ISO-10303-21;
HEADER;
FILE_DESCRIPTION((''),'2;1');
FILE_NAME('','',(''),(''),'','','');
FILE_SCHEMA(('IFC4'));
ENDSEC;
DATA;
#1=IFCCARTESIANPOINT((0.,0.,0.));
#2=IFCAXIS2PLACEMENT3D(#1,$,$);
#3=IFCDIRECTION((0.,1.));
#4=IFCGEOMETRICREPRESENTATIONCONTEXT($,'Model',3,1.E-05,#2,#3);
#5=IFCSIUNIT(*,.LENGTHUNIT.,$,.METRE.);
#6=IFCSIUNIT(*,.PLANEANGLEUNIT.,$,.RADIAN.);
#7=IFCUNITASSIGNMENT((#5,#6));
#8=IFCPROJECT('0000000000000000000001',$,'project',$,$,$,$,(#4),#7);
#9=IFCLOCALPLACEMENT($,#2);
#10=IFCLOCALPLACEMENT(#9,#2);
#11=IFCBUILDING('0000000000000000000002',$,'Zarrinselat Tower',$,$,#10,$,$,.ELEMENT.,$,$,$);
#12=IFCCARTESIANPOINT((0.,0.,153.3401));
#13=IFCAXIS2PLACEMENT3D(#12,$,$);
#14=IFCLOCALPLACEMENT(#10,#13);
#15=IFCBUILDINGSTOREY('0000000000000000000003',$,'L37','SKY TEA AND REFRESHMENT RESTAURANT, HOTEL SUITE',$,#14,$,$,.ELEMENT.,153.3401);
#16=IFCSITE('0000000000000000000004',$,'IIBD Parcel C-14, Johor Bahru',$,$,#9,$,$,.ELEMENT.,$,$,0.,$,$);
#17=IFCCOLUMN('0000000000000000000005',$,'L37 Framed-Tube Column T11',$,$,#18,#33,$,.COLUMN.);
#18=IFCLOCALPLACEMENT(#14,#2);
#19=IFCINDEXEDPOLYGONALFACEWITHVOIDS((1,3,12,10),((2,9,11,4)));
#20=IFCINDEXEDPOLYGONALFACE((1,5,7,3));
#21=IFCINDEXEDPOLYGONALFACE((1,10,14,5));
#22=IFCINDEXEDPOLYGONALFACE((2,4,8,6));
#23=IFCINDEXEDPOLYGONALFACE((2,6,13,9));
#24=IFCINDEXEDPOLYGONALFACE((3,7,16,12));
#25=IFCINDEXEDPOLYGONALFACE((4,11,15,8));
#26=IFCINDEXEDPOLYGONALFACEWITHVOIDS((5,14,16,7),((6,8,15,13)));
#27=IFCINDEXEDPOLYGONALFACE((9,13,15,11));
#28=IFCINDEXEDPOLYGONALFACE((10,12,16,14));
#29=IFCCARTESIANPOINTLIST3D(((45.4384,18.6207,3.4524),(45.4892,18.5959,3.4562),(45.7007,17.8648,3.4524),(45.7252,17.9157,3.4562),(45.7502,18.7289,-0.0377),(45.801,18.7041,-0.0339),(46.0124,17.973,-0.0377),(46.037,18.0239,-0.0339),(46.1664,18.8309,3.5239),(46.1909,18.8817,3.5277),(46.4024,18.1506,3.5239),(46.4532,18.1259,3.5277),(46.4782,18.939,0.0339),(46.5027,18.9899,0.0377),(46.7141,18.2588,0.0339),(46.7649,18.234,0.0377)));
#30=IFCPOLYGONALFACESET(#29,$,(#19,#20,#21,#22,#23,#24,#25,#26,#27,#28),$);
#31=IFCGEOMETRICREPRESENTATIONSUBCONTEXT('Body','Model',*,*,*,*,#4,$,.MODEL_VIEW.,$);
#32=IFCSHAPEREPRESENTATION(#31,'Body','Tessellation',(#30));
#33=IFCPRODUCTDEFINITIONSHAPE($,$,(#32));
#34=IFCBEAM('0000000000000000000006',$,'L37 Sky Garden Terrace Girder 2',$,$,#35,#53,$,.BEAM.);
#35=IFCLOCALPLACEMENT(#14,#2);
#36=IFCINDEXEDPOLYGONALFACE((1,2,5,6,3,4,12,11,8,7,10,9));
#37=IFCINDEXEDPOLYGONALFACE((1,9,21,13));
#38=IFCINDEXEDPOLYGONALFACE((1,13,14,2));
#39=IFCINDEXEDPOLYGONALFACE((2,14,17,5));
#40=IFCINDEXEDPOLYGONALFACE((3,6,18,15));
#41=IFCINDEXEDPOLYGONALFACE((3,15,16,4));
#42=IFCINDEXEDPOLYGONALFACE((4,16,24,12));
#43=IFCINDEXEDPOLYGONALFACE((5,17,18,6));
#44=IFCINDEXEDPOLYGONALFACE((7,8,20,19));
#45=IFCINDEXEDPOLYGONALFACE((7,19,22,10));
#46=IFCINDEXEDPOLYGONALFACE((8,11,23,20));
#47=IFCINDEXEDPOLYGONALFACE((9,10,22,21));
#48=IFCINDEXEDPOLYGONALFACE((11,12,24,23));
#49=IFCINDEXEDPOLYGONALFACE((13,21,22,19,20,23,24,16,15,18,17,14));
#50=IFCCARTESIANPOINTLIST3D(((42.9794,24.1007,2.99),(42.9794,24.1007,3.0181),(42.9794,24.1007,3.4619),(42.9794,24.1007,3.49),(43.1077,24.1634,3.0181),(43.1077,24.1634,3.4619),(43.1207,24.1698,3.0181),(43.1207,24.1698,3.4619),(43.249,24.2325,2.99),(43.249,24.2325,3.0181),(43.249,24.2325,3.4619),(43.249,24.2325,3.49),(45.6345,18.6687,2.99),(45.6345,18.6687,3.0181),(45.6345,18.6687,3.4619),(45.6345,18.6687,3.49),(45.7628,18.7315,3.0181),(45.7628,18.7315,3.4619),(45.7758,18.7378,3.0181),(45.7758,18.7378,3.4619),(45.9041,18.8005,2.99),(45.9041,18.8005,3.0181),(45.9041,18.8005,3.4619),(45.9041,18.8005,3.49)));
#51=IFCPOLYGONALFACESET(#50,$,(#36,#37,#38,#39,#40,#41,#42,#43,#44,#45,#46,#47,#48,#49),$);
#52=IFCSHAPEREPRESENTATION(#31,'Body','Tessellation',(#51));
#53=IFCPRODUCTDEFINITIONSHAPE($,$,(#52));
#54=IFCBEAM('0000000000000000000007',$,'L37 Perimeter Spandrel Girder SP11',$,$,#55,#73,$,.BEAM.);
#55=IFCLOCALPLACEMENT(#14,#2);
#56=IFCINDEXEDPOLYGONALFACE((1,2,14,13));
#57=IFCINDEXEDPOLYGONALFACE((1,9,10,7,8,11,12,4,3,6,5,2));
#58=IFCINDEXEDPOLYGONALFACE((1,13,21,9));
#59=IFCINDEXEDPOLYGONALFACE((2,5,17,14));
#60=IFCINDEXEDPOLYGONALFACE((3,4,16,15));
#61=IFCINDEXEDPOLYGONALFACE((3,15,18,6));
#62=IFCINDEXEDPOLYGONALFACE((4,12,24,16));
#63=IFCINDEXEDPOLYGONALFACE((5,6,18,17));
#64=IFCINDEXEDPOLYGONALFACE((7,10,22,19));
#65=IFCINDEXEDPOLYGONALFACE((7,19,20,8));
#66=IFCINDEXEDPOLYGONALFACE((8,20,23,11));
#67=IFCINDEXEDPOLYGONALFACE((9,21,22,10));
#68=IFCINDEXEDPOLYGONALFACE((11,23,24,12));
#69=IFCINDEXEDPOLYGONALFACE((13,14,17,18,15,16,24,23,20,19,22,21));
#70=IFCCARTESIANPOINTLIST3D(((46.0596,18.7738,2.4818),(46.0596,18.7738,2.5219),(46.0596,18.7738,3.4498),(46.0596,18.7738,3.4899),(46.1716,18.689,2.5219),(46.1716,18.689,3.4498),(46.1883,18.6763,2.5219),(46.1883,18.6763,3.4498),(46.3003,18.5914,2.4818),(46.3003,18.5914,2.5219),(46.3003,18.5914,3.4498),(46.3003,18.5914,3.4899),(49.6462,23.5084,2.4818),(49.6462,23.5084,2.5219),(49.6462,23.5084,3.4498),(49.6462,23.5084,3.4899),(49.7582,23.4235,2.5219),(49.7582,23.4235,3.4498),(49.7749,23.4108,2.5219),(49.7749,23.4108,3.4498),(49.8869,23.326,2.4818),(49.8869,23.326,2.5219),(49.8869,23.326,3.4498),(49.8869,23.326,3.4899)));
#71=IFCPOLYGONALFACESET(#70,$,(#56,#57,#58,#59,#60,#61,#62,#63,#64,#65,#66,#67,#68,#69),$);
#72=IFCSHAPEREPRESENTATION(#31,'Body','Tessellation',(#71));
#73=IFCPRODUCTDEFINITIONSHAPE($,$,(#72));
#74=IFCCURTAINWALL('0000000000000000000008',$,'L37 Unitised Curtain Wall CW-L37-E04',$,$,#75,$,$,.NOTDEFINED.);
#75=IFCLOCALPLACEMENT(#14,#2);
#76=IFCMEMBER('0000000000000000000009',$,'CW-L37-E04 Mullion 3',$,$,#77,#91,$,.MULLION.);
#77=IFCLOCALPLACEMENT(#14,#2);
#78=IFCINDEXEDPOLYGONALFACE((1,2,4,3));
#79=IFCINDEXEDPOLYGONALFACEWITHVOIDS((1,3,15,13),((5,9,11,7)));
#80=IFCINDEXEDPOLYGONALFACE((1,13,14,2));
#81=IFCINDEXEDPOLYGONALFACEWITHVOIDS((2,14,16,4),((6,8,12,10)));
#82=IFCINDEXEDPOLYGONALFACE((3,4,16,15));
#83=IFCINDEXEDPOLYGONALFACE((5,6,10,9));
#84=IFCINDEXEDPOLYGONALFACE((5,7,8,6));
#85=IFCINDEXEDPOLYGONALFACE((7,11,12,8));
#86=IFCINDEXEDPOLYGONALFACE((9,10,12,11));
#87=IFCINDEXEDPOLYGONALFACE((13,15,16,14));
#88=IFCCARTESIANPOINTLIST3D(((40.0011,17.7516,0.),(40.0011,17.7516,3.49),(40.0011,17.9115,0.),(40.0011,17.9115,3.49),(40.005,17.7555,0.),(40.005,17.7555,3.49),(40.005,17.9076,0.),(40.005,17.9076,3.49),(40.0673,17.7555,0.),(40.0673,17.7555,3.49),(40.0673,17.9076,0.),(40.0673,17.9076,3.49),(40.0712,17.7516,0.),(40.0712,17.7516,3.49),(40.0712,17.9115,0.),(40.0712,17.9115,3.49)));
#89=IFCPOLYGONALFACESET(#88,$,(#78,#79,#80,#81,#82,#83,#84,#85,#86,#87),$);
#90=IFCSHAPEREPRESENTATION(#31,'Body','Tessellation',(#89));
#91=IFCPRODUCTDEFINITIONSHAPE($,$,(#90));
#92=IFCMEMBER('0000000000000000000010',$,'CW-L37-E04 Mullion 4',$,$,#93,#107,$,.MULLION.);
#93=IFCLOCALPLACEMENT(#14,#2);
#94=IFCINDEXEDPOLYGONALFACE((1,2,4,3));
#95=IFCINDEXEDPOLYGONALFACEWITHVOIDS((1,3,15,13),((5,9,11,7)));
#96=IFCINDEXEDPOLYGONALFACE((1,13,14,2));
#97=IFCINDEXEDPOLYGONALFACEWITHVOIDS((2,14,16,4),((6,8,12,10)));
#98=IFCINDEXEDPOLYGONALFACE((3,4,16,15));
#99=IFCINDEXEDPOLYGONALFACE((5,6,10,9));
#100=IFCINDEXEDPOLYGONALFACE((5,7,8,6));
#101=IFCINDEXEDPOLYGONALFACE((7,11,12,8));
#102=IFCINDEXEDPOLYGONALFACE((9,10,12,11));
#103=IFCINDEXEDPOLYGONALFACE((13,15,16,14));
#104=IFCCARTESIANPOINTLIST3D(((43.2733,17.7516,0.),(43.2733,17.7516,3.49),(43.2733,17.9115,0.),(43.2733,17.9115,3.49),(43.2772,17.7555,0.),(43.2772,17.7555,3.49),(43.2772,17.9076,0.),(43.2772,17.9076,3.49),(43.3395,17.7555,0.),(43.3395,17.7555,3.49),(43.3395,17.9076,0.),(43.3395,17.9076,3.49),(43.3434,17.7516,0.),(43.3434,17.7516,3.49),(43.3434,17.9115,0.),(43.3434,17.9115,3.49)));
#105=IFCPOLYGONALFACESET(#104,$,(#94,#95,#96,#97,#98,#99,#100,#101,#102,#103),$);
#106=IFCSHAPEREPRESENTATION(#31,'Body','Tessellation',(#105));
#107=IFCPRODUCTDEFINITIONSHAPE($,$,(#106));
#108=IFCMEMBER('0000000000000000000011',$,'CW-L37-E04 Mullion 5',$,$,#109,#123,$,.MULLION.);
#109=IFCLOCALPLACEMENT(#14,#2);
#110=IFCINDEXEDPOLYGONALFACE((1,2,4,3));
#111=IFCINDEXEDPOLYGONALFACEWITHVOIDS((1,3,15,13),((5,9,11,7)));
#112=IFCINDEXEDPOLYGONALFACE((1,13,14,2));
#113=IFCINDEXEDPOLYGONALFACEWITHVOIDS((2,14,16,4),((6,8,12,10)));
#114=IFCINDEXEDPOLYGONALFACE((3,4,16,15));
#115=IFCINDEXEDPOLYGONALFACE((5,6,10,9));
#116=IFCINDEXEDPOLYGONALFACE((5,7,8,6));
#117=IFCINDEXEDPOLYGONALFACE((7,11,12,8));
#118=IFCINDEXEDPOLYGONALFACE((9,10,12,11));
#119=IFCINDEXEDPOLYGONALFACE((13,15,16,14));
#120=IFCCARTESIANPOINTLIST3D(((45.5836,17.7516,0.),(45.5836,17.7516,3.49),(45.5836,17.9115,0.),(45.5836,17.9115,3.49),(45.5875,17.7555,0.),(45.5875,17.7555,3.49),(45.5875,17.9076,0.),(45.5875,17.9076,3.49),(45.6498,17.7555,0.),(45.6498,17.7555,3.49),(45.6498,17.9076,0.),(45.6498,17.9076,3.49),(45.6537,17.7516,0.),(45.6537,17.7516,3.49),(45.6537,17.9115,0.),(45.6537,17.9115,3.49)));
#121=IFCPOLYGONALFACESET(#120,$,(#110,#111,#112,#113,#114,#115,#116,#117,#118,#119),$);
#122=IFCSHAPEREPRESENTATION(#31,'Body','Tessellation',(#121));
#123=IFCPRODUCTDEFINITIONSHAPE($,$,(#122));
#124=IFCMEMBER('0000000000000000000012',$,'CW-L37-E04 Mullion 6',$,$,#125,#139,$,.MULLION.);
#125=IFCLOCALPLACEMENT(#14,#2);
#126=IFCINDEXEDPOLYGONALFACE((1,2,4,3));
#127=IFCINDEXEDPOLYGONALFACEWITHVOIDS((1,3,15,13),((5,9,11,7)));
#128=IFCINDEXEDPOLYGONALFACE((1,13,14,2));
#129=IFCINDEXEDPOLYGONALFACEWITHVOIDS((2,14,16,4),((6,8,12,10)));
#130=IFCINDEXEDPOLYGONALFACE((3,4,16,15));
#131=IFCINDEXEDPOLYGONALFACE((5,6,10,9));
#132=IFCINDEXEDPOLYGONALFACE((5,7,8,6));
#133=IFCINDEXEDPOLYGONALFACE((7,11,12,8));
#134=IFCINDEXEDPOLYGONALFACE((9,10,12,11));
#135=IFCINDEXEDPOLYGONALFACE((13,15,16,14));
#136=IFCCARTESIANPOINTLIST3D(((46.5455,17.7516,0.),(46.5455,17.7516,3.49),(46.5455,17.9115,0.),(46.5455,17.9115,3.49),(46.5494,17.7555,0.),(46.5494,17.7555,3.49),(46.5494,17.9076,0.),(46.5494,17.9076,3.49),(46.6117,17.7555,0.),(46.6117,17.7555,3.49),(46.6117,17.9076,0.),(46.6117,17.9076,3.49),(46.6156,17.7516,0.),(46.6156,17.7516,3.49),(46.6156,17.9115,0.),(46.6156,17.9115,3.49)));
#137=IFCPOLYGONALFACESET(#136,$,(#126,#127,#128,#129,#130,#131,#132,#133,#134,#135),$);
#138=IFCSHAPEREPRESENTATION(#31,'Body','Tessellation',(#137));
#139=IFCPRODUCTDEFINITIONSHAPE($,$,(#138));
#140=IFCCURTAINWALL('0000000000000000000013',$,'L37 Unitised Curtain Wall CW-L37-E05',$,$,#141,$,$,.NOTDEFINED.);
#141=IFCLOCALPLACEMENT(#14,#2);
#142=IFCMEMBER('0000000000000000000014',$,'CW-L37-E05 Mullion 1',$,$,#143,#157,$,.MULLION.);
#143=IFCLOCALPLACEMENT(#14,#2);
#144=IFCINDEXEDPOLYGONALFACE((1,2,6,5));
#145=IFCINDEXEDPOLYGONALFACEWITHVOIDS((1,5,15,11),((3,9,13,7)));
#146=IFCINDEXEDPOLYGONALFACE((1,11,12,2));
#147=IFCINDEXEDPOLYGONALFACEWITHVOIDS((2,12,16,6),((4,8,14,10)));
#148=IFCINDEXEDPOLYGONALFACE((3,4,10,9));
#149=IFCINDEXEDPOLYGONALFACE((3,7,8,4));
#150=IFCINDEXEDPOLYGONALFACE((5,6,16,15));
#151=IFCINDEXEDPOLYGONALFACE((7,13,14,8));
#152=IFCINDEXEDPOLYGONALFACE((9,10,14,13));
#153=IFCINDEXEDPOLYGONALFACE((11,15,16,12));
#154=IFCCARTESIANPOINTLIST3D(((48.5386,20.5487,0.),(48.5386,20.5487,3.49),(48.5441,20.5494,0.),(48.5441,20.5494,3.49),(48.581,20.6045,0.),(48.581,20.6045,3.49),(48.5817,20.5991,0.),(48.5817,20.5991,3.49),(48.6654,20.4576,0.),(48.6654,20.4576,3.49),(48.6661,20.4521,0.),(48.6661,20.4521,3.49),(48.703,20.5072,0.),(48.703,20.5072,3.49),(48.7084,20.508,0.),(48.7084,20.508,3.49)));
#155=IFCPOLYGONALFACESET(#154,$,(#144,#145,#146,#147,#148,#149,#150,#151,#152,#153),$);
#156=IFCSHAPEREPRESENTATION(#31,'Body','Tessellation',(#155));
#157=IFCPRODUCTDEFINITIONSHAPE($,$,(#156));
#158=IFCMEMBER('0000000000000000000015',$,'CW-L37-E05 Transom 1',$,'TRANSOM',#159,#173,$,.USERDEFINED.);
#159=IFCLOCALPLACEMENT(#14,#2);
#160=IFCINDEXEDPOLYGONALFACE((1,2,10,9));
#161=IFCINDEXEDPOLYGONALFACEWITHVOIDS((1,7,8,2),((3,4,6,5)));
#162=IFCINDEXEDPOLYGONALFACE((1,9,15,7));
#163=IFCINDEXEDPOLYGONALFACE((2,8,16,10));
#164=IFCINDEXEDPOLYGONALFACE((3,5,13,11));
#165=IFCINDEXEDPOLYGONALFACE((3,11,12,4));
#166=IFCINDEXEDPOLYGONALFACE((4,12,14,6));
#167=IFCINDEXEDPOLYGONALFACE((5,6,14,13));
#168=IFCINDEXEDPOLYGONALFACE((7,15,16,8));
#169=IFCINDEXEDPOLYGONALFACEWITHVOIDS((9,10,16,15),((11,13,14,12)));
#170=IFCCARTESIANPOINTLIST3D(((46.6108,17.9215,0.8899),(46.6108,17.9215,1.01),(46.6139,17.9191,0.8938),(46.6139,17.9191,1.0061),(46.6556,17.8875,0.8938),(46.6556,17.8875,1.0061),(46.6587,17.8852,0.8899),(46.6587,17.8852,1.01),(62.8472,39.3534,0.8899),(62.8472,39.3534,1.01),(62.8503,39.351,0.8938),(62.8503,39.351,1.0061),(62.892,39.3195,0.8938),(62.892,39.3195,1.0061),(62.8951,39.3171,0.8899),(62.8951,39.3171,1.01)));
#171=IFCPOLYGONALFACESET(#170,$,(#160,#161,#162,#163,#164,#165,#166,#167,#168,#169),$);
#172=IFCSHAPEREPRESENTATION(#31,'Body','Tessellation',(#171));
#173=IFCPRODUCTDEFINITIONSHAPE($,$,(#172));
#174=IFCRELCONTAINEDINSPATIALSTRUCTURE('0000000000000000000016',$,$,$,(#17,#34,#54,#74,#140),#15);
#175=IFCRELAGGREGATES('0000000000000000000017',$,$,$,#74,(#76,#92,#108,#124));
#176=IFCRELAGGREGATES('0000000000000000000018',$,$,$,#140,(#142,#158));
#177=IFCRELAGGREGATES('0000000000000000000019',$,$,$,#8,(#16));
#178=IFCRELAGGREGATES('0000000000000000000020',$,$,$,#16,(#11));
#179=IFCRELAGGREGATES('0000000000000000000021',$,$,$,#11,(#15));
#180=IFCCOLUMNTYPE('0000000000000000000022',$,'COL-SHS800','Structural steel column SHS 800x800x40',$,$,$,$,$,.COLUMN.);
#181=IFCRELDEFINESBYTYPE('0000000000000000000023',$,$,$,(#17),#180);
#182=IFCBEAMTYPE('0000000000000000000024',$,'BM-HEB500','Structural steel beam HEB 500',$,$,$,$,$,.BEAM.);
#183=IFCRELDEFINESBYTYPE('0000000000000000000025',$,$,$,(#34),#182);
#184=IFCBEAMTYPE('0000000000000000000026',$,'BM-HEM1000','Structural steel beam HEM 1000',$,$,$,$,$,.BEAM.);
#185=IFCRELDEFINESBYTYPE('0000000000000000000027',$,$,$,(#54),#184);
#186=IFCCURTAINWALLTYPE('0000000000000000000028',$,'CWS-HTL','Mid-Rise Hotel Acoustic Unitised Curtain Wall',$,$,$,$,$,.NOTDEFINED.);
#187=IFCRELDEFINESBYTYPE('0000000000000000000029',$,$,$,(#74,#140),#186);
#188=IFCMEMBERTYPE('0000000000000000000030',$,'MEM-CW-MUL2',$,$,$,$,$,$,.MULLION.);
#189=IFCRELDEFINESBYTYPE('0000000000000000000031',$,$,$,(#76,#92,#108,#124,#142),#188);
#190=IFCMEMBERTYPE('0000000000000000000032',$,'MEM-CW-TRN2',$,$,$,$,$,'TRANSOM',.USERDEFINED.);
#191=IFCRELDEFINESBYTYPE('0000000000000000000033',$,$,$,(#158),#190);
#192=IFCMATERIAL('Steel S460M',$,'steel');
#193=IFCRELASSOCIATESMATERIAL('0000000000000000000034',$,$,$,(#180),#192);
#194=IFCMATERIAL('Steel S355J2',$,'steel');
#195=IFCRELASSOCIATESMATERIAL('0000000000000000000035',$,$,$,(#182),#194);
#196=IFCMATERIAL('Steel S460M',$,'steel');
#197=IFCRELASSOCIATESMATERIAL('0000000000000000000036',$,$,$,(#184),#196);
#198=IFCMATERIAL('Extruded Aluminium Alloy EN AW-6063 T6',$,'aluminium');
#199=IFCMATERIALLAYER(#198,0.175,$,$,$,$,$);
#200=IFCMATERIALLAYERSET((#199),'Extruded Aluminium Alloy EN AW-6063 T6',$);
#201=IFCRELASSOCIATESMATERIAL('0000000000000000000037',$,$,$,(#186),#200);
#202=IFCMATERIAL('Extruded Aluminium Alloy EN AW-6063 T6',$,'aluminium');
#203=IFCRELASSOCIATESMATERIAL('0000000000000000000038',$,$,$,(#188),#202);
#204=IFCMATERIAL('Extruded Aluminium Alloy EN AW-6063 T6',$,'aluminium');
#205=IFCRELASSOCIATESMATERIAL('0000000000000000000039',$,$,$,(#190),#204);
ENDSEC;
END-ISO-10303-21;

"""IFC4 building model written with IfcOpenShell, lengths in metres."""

from ifc_helpers import new_model, si_unit, direction, frame, origin, origin_2d, place, context, subcontext, project, spatial, hollow_rectangle, i_section, extrude, material, layer, layer_set, material_profile, profile_set, type_object, element, aggregate, save


model = new_model("IFC4")

# Units and contexts
model_context = context("Model", 3, precision=1e-05, world=origin(), true_north=direction((0.0, 1.0)))
body_context = subcontext(model_context, "Body", "Model", "MODEL_VIEW")
ifc_project = project(units=[si_unit("LENGTHUNIT", "METRE"), si_unit("PLANEANGLEUNIT", "RADIAN")], contexts=[model_context])

# Site, building, storey
site_placement = place(None, origin())
site = spatial("IfcSite", under=ifc_project, at=site_placement, Name="IIBD Parcel C-14, Johor Bahru", CompositionType="ELEMENT", RefElevation=0.0)
building_placement = place(site_placement, origin())
building = spatial("IfcBuilding", under=site, at=building_placement, Name="Zarrinselat Tower", CompositionType="ELEMENT")
storey_placement = place(building_placement, frame((0.0, 0.0, 153.3401)))
storey = spatial("IfcBuildingStorey", under=building, at=storey_placement, Name="L37", Description="SKY TEA AND REFRESHMENT RESTAURANT, HOTEL SUITE", CompositionType="ELEMENT", Elevation=153.3401)

# Column
ifc_material_1 = material(Name="Steel S460M", Category="steel")
ifc_material_profile_1 = material_profile(ifc_material_1, hollow_rectangle(XDim=0.8, YDim=0.8, WallThickness=0.04, at=origin_2d()), Name="SHS 800x800x40")
ifc_profile_set_1 = profile_set([ifc_material_profile_1], Name="Steel S460M")
column_type = type_object("IfcColumnType", Name="COL-SHS800", Description="Structural steel column SHS 800x800x40", PredefinedType="COLUMN", material=ifc_profile_set_1)
column_placement = place(storey_placement, frame((46.2576, 18.4814, 0.0), z_axis=(-0.088935, -0.030852, 0.995559), x_axis=(0.327746, -0.944766, 0.0)))
element("IfcColumn", 1, at=column_placement, inside=storey, type_object=column_type, Name="L37 Framed-Tube Column T11", PredefinedType="COLUMN", context=body_context, shape_type="SweptSolid", body=[
    extrude(hollow_rectangle(XDim=0.8, YDim=0.8, WallThickness=0.04, at=origin_2d()), origin(), (0.0, 0.0, 1.0), 3.5056),
])

# Beams
ifc_material_2 = material(Name="Steel S355J2", Category="steel")
ifc_material_profile_2 = material_profile(ifc_material_2, i_section(OverallWidth=0.3, OverallDepth=0.5, WebThickness=0.0144, FlangeThickness=0.0281, at=origin_2d()), Name="HEB 500")
ifc_profile_set_2 = profile_set([ifc_material_profile_2], Name="Steel S355J2")
beam_type_1 = type_object("IfcBeamType", Name="BM-HEB500", Description="Structural steel beam HEB 500", PredefinedType="BEAM", material=ifc_profile_set_2)
beam_1_placement = place(storey_placement, frame((45.7693, 18.7346, 3.24), z_axis=(-0.439136, 0.898421, 0.0), x_axis=(-0.898421, -0.439136, 0.0)))
element("IfcBeam", 2, at=beam_1_placement, inside=storey, type_object=beam_type_1, Name="L37 Sky Garden Terrace Girder 2", PredefinedType="BEAM", context=body_context, shape_type="SweptSolid", body=[
    extrude(i_section(OverallWidth=0.3, OverallDepth=0.5, WebThickness=0.0144, FlangeThickness=0.0281, at=origin_2d()), origin(), (0.0, 0.0, 1.0), 6.0461),
])
ifc_material_3 = material(Name="Steel S460M", Category="steel")
ifc_material_profile_3 = material_profile(ifc_material_3, i_section(OverallWidth=0.302, OverallDepth=1.0081, WebThickness=0.021, FlangeThickness=0.04, at=origin_2d()), Name="HEM 1000")
ifc_profile_set_3 = profile_set([ifc_material_profile_3], Name="Steel S460M")
beam_type_2 = type_object("IfcBeamType", Name="BM-HEM1000", Description="Structural steel beam HEM 1000", PredefinedType="BEAM", material=ifc_profile_set_3)
beam_2_placement = place(storey_placement, frame((46.1799, 18.6826, 2.9858), z_axis=(0.60384, 0.797105, 0.0), x_axis=(-0.797105, 0.60384, 0.0)))
element("IfcBeam", 3, at=beam_2_placement, inside=storey, type_object=beam_type_2, Name="L37 Perimeter Spandrel Girder SP11", PredefinedType="BEAM", context=body_context, shape_type="SweptSolid", body=[
    extrude(i_section(OverallWidth=0.302, OverallDepth=1.0081, WebThickness=0.021, FlangeThickness=0.04, at=origin_2d()), origin(), (0.0, 0.0, 1.0), 5.9397),
])

# Curtain walls, members
ifc_material_4 = material(Name="Extruded Aluminium Alloy EN AW-6063 T6", Category="aluminium")
ifc_layer_1 = layer(ifc_material_4, 0.175)
ifc_layer_set_1 = layer_set([ifc_layer_1], Name="Extruded Aluminium Alloy EN AW-6063 T6")
curtain_wall_type = type_object("IfcCurtainWallType", Name="CWS-HTL", Description="Mid-Rise Hotel Acoustic Unitised Curtain Wall", PredefinedType="NOTDEFINED", material=ifc_layer_set_1)
curtain_wall_1_placement = place(storey_placement, origin())
curtain_wall_1 = element("IfcCurtainWall", 4, at=curtain_wall_1_placement, inside=storey, type_object=curtain_wall_type, Name="L37 Unitised Curtain Wall CW-L37-E04", PredefinedType="NOTDEFINED")
ifc_material_5 = material(Name="Extruded Aluminium Alloy EN AW-6063 T6", Category="aluminium")
ifc_material_profile_4 = material_profile(ifc_material_5, hollow_rectangle(XDim=0.0701, YDim=0.1599, WallThickness=0.0039, at=origin_2d()), Name="RHS 160x70x4")
ifc_profile_set_4 = profile_set([ifc_material_profile_4], Name="Extruded Aluminium Alloy EN AW-6063 T6")
member_type_1 = type_object("IfcMemberType", Name="MEM-CW-MUL2", PredefinedType="MULLION", material=ifc_profile_set_4)
member_1_placement = place(storey_placement, frame((40.0361, 17.8315, 0.0), z_axis=(0.0, 0.0, 1.0), x_axis=(1.0, 0.0, 0.0)))
member_1 = element("IfcMember", 5, at=member_1_placement, type_object=member_type_1, Name="CW-L37-E04 Mullion 3", PredefinedType="MULLION", context=body_context, shape_type="SweptSolid", body=[
    extrude(hollow_rectangle(XDim=0.0701, YDim=0.1599, WallThickness=0.0039, at=origin_2d()), origin(), (0.0, 0.0, 1.0), 3.49),
])
member_2_placement = place(storey_placement, frame((43.3083, 17.8315, 0.0), z_axis=(0.0, 0.0, 1.0), x_axis=(1.0, 0.0, 0.0)))
member_2 = element("IfcMember", 6, at=member_2_placement, type_object=member_type_1, Name="CW-L37-E04 Mullion 4", PredefinedType="MULLION", context=body_context, shape_type="SweptSolid", body=[
    extrude(hollow_rectangle(XDim=0.0701, YDim=0.1599, WallThickness=0.0039, at=origin_2d()), origin(), (0.0, 0.0, 1.0), 3.49),
])
member_3_placement = place(storey_placement, frame((45.6187, 17.8315, 0.0), z_axis=(0.0, 0.0, 1.0), x_axis=(1.0, 0.0, 0.0)))
member_3 = element("IfcMember", 7, at=member_3_placement, type_object=member_type_1, Name="CW-L37-E04 Mullion 5", PredefinedType="MULLION", context=body_context, shape_type="SweptSolid", body=[
    extrude(hollow_rectangle(XDim=0.0701, YDim=0.1599, WallThickness=0.0039, at=origin_2d()), origin(), (0.0, 0.0, 1.0), 3.49),
])
member_4_placement = place(storey_placement, frame((46.5806, 17.8315, 0.0), z_axis=(0.0, 0.0, 1.0), x_axis=(1.0, 0.0, 0.0)))
member_4 = element("IfcMember", 8, at=member_4_placement, type_object=member_type_1, Name="CW-L37-E04 Mullion 6", PredefinedType="MULLION", context=body_context, shape_type="SweptSolid", body=[
    extrude(hollow_rectangle(XDim=0.0701, YDim=0.1599, WallThickness=0.0039, at=origin_2d()), origin(), (0.0, 0.0, 1.0), 3.49),
])
curtain_wall_2_placement = place(storey_placement, origin())
curtain_wall_2 = element("IfcCurtainWall", 9, at=curtain_wall_2_placement, inside=storey, type_object=curtain_wall_type, Name="L37 Unitised Curtain Wall CW-L37-E05", PredefinedType="NOTDEFINED")
member_5_placement = place(storey_placement, frame((48.6235, 20.5283, 0.0), z_axis=(0.0, 0.0, 1.0), x_axis=(0.603858, 0.797092, 0.0)))
member_5 = element("IfcMember", 10, at=member_5_placement, type_object=member_type_1, Name="CW-L37-E05 Mullion 1", PredefinedType="MULLION", context=body_context, shape_type="SweptSolid", body=[
    extrude(hollow_rectangle(XDim=0.0701, YDim=0.1599, WallThickness=0.0039, at=origin_2d()), origin(), (0.0, 0.0, 1.0), 3.49),
])
ifc_material_6 = material(Name="Extruded Aluminium Alloy EN AW-6063 T6", Category="aluminium")
ifc_material_profile_5 = material_profile(ifc_material_6, hollow_rectangle(XDim=0.0601, YDim=0.1201, WallThickness=0.0039, at=origin_2d()), Name="RHS 120x60x4")
ifc_profile_set_5 = profile_set([ifc_material_profile_5], Name="Extruded Aluminium Alloy EN AW-6063 T6")
member_type_2 = type_object("IfcMemberType", Name="MEM-CW-TRN2", ElementType="TRANSOM", PredefinedType="USERDEFINED", material=ifc_profile_set_5)
member_6_placement = place(storey_placement, frame((46.6348, 17.9033, 0.95), z_axis=(0.603859, 0.797091, 0.0), x_axis=(-0.797091, 0.603859, 0.0)))
member_6 = element("IfcMember", 11, at=member_6_placement, type_object=member_type_2, Name="CW-L37-E05 Transom 1", ObjectType="TRANSOM", PredefinedType="USERDEFINED", context=body_context, shape_type="SweptSolid", body=[
    extrude(hollow_rectangle(XDim=0.0601, YDim=0.1201, WallThickness=0.0039, at=origin_2d()), origin(), (0.0, 0.0, 1.0), 26.8877),
])

aggregate(curtain_wall_1, [member_1, member_2, member_3, member_4])
aggregate(curtain_wall_2, [member_5, member_6])

save(model, "model.ifc")
